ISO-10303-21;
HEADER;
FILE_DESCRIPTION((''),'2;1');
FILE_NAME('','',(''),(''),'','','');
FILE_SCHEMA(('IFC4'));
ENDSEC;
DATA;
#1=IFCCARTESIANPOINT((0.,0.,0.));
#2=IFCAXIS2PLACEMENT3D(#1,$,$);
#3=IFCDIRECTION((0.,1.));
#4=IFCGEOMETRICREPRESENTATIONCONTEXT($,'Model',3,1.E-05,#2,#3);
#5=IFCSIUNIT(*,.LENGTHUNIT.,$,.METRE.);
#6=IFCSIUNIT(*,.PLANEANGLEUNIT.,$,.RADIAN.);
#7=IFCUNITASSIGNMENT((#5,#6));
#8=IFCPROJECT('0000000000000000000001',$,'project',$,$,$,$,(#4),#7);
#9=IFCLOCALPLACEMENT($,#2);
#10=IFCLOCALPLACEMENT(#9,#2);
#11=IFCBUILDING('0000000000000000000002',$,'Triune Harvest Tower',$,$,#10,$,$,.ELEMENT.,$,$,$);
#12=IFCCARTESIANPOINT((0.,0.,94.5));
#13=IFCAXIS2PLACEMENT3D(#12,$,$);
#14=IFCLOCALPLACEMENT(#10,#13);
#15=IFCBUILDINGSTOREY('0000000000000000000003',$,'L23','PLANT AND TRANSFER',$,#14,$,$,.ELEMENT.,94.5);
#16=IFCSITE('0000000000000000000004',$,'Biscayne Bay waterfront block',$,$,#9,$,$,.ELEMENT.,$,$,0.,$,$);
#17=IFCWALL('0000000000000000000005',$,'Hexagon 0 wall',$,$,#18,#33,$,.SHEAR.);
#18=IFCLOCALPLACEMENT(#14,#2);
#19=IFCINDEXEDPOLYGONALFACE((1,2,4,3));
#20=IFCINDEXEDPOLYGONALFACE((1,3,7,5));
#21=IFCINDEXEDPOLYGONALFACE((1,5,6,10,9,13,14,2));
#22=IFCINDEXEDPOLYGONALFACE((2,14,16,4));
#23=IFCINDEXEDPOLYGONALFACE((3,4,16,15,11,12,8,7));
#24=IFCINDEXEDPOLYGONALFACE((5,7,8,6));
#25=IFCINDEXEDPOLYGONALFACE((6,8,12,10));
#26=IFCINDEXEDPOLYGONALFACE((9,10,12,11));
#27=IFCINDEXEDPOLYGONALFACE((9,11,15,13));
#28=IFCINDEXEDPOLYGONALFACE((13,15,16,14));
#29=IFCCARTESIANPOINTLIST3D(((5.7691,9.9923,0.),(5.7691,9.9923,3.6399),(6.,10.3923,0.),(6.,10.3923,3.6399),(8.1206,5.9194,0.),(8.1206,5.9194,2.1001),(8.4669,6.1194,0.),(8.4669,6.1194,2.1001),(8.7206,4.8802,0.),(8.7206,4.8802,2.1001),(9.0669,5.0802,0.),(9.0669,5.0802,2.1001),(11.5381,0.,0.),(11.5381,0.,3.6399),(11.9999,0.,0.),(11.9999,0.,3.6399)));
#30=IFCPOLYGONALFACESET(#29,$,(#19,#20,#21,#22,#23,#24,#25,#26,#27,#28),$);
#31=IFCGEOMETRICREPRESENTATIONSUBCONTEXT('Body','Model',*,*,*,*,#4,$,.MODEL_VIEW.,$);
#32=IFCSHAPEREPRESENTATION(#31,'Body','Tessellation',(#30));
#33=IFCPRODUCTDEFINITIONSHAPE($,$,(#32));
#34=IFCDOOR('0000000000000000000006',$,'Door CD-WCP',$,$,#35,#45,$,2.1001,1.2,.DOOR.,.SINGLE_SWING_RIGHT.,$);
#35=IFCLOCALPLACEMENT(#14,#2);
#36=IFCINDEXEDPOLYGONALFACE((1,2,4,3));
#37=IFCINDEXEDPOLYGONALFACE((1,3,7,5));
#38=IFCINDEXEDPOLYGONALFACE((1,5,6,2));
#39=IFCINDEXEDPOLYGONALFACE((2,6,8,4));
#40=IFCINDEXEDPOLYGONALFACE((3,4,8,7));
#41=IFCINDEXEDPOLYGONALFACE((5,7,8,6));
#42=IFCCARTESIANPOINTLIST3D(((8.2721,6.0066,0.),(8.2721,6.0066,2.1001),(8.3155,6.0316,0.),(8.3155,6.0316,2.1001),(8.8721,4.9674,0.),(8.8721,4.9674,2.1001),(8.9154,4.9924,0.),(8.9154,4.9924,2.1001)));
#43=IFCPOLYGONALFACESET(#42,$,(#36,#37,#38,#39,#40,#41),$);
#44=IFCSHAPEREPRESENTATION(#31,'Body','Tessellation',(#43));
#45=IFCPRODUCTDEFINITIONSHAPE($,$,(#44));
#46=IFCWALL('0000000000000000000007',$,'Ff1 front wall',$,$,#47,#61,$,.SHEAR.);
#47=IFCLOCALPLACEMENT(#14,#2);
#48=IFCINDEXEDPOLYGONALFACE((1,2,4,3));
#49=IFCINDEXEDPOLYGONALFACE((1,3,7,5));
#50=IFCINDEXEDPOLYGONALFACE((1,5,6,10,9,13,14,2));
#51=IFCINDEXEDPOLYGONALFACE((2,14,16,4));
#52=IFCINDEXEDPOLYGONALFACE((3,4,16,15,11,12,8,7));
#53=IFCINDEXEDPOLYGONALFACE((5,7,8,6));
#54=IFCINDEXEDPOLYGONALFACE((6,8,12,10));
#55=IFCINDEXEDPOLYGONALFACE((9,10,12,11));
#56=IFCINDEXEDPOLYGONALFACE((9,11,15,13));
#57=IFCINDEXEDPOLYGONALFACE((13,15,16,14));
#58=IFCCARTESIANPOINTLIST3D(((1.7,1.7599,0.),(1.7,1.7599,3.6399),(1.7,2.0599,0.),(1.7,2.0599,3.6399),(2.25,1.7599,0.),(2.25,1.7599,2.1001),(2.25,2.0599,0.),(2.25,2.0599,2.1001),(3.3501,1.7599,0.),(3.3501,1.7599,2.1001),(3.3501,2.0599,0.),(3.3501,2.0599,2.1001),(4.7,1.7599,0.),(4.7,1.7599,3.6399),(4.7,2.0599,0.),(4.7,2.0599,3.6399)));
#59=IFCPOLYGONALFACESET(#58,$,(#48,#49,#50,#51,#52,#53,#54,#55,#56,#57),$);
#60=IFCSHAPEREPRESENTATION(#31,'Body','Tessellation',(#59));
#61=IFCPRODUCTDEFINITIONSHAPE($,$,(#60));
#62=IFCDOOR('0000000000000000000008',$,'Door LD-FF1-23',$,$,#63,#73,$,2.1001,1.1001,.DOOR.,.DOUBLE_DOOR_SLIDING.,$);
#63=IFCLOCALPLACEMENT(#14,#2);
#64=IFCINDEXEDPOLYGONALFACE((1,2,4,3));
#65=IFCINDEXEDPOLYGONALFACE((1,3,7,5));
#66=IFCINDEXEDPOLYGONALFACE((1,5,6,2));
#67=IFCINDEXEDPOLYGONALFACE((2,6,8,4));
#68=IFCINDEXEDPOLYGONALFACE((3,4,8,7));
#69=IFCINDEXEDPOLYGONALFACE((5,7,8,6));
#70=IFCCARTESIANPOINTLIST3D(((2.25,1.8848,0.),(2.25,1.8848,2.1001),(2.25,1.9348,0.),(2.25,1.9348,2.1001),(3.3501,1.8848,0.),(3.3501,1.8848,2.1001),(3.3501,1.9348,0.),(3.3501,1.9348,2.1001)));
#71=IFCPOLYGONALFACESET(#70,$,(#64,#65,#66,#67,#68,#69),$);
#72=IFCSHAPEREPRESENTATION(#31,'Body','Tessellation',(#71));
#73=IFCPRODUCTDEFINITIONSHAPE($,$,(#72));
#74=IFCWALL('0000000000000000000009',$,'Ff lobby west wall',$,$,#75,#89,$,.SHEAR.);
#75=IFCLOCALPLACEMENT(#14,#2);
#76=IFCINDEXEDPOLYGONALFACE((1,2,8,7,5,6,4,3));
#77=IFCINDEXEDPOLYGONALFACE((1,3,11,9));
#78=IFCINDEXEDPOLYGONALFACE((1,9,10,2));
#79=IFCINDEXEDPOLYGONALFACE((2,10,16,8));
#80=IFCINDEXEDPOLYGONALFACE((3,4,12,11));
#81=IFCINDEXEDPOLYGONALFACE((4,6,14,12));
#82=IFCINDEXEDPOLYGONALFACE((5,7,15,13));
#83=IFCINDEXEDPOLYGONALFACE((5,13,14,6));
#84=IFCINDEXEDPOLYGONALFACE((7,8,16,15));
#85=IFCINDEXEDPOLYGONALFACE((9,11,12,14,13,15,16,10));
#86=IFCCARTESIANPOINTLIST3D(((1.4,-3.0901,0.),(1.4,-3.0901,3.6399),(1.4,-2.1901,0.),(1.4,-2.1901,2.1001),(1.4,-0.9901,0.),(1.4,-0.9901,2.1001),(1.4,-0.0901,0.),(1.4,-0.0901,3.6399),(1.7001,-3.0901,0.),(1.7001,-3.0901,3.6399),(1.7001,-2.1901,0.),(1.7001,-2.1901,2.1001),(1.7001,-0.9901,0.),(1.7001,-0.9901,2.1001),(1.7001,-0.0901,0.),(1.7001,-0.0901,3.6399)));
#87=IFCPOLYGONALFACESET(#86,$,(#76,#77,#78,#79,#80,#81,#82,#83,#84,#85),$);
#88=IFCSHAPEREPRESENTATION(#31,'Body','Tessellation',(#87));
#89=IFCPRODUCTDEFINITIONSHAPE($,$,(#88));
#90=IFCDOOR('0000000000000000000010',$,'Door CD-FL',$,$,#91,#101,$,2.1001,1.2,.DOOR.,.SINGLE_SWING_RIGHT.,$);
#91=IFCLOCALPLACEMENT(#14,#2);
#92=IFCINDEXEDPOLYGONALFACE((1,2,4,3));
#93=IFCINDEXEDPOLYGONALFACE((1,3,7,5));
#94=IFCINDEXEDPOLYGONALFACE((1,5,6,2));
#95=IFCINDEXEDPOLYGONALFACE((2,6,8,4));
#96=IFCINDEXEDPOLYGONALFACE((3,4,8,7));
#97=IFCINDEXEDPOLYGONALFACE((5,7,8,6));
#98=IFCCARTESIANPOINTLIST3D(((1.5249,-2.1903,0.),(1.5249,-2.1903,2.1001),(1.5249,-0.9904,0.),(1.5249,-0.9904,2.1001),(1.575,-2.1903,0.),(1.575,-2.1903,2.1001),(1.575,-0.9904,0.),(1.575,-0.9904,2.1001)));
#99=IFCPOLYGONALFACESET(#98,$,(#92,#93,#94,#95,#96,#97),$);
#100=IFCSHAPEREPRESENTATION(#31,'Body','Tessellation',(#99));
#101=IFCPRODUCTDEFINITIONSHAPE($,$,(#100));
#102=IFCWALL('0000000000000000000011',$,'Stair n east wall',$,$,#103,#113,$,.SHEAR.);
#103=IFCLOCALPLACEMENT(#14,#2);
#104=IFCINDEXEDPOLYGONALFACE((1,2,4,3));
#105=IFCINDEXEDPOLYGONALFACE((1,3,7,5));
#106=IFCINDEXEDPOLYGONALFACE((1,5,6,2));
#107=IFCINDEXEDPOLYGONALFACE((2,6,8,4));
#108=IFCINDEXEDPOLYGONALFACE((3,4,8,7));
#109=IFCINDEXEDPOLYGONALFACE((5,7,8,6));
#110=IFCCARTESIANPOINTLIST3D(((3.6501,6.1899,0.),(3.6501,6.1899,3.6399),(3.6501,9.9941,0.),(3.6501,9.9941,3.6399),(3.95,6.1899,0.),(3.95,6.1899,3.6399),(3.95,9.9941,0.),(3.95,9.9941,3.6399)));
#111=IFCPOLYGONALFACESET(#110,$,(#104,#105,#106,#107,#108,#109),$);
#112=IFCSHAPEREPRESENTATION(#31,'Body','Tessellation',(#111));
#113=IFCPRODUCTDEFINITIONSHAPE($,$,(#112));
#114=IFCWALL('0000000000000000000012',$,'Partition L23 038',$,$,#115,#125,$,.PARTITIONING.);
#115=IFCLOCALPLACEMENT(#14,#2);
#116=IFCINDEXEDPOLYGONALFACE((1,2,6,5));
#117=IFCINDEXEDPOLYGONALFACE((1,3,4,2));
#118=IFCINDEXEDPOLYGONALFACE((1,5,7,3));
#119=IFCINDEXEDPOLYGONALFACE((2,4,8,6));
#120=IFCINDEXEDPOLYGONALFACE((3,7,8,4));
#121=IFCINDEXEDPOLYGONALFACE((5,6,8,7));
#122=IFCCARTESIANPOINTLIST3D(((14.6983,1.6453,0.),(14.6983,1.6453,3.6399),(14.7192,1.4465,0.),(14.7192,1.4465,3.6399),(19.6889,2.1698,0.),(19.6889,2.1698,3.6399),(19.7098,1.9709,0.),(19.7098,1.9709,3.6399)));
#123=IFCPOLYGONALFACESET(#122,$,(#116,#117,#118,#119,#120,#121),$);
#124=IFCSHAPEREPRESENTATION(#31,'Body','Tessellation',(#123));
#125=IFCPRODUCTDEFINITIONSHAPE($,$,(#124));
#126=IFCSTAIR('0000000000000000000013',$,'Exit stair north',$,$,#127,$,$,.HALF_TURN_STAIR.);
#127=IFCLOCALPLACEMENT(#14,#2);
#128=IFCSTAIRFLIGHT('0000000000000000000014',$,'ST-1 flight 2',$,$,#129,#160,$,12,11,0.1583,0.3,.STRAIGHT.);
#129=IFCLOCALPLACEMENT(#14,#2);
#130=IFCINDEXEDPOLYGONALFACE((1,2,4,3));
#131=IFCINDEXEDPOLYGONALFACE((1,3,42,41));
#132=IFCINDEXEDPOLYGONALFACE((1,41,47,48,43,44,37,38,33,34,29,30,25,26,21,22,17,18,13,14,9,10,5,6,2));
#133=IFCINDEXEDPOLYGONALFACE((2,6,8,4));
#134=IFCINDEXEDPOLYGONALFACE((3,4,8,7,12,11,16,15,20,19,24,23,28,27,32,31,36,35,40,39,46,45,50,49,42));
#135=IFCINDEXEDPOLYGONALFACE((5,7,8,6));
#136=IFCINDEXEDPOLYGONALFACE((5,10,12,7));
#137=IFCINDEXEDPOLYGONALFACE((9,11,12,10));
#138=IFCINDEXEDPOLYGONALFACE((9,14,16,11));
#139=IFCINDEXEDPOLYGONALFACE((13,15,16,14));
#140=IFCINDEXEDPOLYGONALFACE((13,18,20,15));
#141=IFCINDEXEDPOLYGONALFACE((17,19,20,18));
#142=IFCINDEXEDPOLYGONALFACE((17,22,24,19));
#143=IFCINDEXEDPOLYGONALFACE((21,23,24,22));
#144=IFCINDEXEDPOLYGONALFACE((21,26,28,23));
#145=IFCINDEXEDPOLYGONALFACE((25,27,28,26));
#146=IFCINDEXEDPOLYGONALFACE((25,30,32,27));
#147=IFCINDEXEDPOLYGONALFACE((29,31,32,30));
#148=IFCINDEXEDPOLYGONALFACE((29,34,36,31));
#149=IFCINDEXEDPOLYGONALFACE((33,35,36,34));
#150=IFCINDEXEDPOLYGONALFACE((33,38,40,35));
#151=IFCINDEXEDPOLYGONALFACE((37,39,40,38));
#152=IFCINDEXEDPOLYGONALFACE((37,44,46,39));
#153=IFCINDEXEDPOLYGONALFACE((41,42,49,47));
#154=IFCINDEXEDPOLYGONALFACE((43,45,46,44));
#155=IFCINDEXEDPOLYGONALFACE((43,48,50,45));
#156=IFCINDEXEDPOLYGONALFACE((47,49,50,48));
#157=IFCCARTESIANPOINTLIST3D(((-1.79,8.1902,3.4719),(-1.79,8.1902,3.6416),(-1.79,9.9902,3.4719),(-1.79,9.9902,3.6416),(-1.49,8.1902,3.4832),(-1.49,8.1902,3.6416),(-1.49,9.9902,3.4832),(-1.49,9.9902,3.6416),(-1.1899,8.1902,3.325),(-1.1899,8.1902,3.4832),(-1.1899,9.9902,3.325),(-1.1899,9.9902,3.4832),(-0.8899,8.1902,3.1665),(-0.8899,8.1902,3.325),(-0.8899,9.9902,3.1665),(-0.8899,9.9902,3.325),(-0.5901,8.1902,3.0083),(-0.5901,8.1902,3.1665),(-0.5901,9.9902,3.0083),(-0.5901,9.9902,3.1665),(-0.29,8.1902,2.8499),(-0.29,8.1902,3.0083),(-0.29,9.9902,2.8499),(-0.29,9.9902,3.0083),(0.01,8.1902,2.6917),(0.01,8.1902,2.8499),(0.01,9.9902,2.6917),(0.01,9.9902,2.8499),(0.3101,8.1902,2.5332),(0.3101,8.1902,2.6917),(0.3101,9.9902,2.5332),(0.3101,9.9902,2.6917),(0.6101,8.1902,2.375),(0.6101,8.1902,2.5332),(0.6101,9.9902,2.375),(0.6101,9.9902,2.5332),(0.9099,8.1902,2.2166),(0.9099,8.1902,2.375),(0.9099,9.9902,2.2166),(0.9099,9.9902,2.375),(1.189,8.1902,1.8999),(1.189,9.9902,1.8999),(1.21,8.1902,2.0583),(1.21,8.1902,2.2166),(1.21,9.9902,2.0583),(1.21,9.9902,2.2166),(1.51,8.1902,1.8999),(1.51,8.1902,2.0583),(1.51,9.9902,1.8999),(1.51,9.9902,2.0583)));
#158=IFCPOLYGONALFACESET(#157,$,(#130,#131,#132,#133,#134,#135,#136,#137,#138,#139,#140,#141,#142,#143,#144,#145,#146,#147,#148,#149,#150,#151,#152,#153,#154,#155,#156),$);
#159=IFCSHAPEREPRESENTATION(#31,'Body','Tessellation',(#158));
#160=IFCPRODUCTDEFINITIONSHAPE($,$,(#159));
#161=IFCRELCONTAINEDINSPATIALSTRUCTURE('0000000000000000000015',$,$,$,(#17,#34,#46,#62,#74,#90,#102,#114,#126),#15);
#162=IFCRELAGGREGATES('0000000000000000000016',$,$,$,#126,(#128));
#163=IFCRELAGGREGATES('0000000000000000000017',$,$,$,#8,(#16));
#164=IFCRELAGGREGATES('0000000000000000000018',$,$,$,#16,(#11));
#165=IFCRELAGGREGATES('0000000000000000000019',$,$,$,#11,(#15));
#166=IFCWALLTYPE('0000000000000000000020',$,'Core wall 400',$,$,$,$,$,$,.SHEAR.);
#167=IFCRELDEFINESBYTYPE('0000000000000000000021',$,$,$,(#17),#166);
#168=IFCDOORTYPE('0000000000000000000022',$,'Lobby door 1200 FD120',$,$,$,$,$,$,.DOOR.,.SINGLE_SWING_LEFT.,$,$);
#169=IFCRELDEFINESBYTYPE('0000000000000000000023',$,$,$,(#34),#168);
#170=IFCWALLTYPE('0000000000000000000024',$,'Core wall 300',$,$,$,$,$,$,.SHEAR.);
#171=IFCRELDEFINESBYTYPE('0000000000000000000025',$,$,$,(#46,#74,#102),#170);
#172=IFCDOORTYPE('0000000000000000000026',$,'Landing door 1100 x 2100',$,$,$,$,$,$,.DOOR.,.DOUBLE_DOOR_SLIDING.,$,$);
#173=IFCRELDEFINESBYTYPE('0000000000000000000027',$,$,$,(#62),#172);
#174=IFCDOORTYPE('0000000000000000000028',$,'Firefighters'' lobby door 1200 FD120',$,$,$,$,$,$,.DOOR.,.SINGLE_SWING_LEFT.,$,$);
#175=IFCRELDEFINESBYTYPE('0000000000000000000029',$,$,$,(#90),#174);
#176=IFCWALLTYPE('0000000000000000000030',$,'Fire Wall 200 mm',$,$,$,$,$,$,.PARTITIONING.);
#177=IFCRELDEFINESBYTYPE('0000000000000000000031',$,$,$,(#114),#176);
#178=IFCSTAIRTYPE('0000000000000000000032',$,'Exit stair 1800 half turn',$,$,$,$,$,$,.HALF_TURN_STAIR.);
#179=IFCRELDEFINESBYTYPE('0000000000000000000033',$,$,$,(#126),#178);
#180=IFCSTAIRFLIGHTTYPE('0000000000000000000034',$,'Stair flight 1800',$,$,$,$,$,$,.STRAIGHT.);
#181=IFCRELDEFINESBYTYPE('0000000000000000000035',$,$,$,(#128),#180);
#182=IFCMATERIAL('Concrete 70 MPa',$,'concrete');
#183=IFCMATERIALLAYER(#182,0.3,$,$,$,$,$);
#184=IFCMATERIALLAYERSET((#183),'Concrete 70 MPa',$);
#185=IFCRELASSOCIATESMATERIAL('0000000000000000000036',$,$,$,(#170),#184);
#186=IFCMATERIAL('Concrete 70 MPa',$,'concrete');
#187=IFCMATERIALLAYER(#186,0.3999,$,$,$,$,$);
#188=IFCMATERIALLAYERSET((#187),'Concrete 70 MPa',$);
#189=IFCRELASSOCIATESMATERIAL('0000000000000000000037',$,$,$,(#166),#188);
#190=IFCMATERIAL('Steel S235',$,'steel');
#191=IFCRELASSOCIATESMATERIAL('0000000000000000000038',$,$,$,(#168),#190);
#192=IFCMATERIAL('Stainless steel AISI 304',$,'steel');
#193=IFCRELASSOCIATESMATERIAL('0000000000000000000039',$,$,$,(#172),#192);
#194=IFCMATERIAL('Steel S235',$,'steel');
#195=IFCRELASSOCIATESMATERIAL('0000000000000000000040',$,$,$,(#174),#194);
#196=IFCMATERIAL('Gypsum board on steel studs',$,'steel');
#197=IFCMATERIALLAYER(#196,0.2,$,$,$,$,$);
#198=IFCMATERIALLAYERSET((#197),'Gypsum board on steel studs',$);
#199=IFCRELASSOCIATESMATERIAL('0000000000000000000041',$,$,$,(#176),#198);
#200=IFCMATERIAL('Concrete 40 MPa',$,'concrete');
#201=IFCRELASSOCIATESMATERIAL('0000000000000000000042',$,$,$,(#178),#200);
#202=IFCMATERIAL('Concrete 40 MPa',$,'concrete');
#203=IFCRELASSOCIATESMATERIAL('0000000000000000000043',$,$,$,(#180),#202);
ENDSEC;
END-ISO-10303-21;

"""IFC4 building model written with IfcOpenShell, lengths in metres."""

from ifc_helpers import new_model, si_unit, direction, frame, frame_2d, origin, place, context, subcontext, project, spatial, polyline, rectangle, outline, extrude, source, transform, mapped, material, layer, layer_set, type_object, element, fill, aggregate, save


model = new_model("IFC4")

# Units and contexts
model_context = context("Model", 3, precision=1e-05, world=origin(), true_north=direction((0.0, 1.0)))
body_context = subcontext(model_context, "Body", "Model", "MODEL_VIEW")
ifc_project = project(units=[si_unit("LENGTHUNIT", "METRE"), si_unit("PLANEANGLEUNIT", "RADIAN")], contexts=[model_context])

# Site, building, storey
site_placement = place(None, origin())
site = spatial("IfcSite", under=ifc_project, at=site_placement, Name="Biscayne Bay waterfront block", CompositionType="ELEMENT", RefElevation=0.0)
building_placement = place(site_placement, origin())
building = spatial("IfcBuilding", under=site, at=building_placement, Name="Triune Harvest Tower", CompositionType="ELEMENT")
storey_placement = place(building_placement, frame((0.0, 0.0, 94.5)))
storey = spatial("IfcBuildingStorey", under=building, at=storey_placement, Name="L23", Description="PLANT AND TRANSFER", CompositionType="ELEMENT", Elevation=94.5)

# Shared definitions
ifc_material_1 = material(Name="Concrete 70 MPa", Category="concrete")
ifc_layer_1 = layer(ifc_material_1, 0.3)
ifc_layer_set_1 = layer_set([ifc_layer_1], Name="Concrete 70 MPa")
wall_type_1 = type_object("IfcWallType", Name="Core wall 300", PredefinedType="SHEAR", material=ifc_layer_set_1)

# Walls, openings, doors
ifc_material_2 = material(Name="Concrete 70 MPa", Category="concrete")
ifc_layer_2 = layer(ifc_material_2, 0.3999)
ifc_layer_set_2 = layer_set([ifc_layer_2], Name="Concrete 70 MPa")
wall_type_2 = type_object("IfcWallType", Name="Core wall 400", PredefinedType="SHEAR", material=ifc_layer_set_2)
shared_shape_1 = source(origin(), body_context, "Body", "SweptSolid", [
    extrude(outline(polyline([(-0.1155, -0.2), (11.8845, -0.2), (11.6536, 0.2), (0.1155, 0.2), (-0.1155, -0.2)])), origin(), (0.0, 0.0, 1.0), 3.6399),
])
wall_1_placement = place(storey_placement, frame((11.769, 0.0, 0.0), z_axis=(0.0, 0.0, 1.0), x_axis=(-0.499997, 0.866027, 0.0)))
wall_1 = element("IfcWall", 1, at=wall_1_placement, inside=storey, type_object=wall_type_2, Name="Hexagon 0 wall", PredefinedType="SHEAR", context=body_context, shape_type="MappedRepresentation", body=[
    mapped(shared_shape_1, transform((0.0, 0.0, 0.0), scale=1.0)),
])
opening_1_placement = place(wall_1_placement, frame((5.7505, 0.0, 0.0)))
opening_1 = element("IfcOpeningElement", 2, at=opening_1_placement, cuts=wall_1, PredefinedType="OPENING", context=body_context, shape_type="SweptSolid", body=[
    extrude(rectangle(XDim=1.2, YDim=2.1001, at=frame_2d((0.6001, 1.05))), frame((0.0, 0.21, 0.0), z_axis=(0.0, -1.0, 0.0), x_axis=(1.0, 0.0, 0.0)), (0.0, 0.0, 1.0), 0.4199),
])
ifc_material_3 = material(Name="Steel S235", Category="steel")
door_type_1 = type_object("IfcDoorType", Name="Lobby door 1200 FD120", OperationType="SINGLE_SWING_LEFT", PredefinedType="DOOR", material=ifc_material_3)
door_1_placement = place(opening_1_placement, frame((1.2, 0.0, 0.0), z_axis=(0.0, 0.0, 1.0), x_axis=(-1.0, 0.0, 0.0)))
door_1 = element("IfcDoor", 3, at=door_1_placement, inside=storey, type_object=door_type_1, Name="Door CD-WCP", OperationType="SINGLE_SWING_RIGHT", OverallHeight=2.1001, OverallWidth=1.2, PredefinedType="DOOR", context=body_context, shape_type="SweptSolid", body=[
    extrude(rectangle(XDim=1.2, YDim=2.1001, at=frame_2d((0.6001, 1.05))), frame((0.0, 0.0249, 0.0), z_axis=(0.0, -1.0, 0.0), x_axis=(1.0, 0.0, 0.0)), (0.0, 0.0, 1.0), 0.05),
])
fill(opening_1, door_1)
shared_shape_2 = source(origin(), body_context, "Body", "SweptSolid", [
    extrude(rectangle(XDim=3.0, YDim=0.3, at=frame_2d((1.5, 0.0))), origin(), (0.0, 0.0, 1.0), 3.6399),
])
wall_2_placement = place(storey_placement, frame((1.7, 1.9099, 0.0), z_axis=(0.0, 0.0, 1.0), x_axis=(1.0, 0.0, 0.0)))
wall_2 = element("IfcWall", 4, at=wall_2_placement, inside=storey, type_object=wall_type_1, Name="Ff1 front wall", PredefinedType="SHEAR", context=body_context, shape_type="MappedRepresentation", body=[
    mapped(shared_shape_2, transform((0.0, 0.0, 0.0), scale=1.0)),
])
opening_2_placement = place(wall_2_placement, frame((0.55, 0.0, 0.0)))
opening_2 = element("IfcOpeningElement", 5, at=opening_2_placement, cuts=wall_2, PredefinedType="OPENING", context=body_context, shape_type="SweptSolid", body=[
    extrude(rectangle(XDim=1.1001, YDim=2.1001, at=frame_2d((0.55, 1.05))), frame((0.0, 0.1602, 0.0), z_axis=(0.0, -1.0, 0.0), x_axis=(1.0, 0.0, 0.0)), (0.0, 0.0, 1.0), 0.3201),
])
ifc_material_4 = material(Name="Stainless steel AISI 304", Category="steel")
door_type_2 = type_object("IfcDoorType", Name="Landing door 1100 x 2100", OperationType="DOUBLE_DOOR_SLIDING", PredefinedType="DOOR", material=ifc_material_4)
door_2_placement = place(opening_2_placement, origin())
door_2 = element("IfcDoor", 6, at=door_2_placement, inside=storey, type_object=door_type_2, Name="Door LD-FF1-23", OperationType="DOUBLE_DOOR_SLIDING", OverallHeight=2.1001, OverallWidth=1.1001, PredefinedType="DOOR", context=body_context, shape_type="SweptSolid", body=[
    extrude(rectangle(XDim=1.1001, YDim=2.1001, at=frame_2d((0.55, 1.05))), frame((0.0, 0.0249, 0.0), z_axis=(0.0, -1.0, 0.0), x_axis=(1.0, 0.0, 0.0)), (0.0, 0.0, 1.0), 0.05),
])
fill(opening_2, door_2)
wall_3_placement = place(storey_placement, frame((1.55, -3.0901, 0.0), z_axis=(0.0, 0.0, 1.0), x_axis=(0.0, 1.0, 0.0)))
wall_3 = element("IfcWall", 7, at=wall_3_placement, inside=storey, type_object=wall_type_1, Name="Ff lobby west wall", PredefinedType="SHEAR", context=body_context, shape_type="MappedRepresentation", body=[
    mapped(shared_shape_2, transform((0.0, 0.0, 0.0), scale=1.0)),
])
opening_3_placement = place(wall_3_placement, frame((0.8999, 0.0, 0.0)))
opening_3 = element("IfcOpeningElement", 8, at=opening_3_placement, cuts=wall_3, PredefinedType="OPENING", context=body_context, shape_type="SweptSolid", body=[
    extrude(rectangle(XDim=1.2, YDim=2.1001, at=frame_2d((0.6001, 1.05))), frame((0.0, 0.1602, 0.0), z_axis=(0.0, -1.0, 0.0), x_axis=(1.0, 0.0, 0.0)), (0.0, 0.0, 1.0), 0.3201),
])
ifc_material_5 = material(Name="Steel S235", Category="steel")
door_type_3 = type_object("IfcDoorType", Name="Firefighters' lobby door 1200 FD120", OperationType="SINGLE_SWING_LEFT", PredefinedType="DOOR", material=ifc_material_5)
door_3_placement = place(opening_3_placement, frame((1.2, 0.0, 0.0), z_axis=(0.0, 0.0, 1.0), x_axis=(-1.0, 0.0, 0.0)))
door_3 = element("IfcDoor", 9, at=door_3_placement, inside=storey, type_object=door_type_3, Name="Door CD-FL", OperationType="SINGLE_SWING_RIGHT", OverallHeight=2.1001, OverallWidth=1.2, PredefinedType="DOOR", context=body_context, shape_type="SweptSolid", body=[
    extrude(rectangle(XDim=1.2, YDim=2.1001, at=frame_2d((0.6001, 1.05))), frame((0.0, 0.0249, 0.0), z_axis=(0.0, -1.0, 0.0), x_axis=(1.0, 0.0, 0.0)), (0.0, 0.0, 1.0), 0.05),
])
fill(opening_3, door_3)

# Walls
shared_shape_3 = source(origin(), body_context, "Body", "SweptSolid", [
    extrude(outline(polyline([(0.0, -0.1499), (0.0, 0.1499), (3.8042, 0.1499), (3.8042, -0.1499), (0.0, -0.1499)])), origin(), (0.0, 0.0, 1.0), 3.6399),
])
wall_4_placement = place(storey_placement, frame((3.8, 6.1899, 0.0), z_axis=(0.0, 0.0, 1.0), x_axis=(0.0, 1.0, 0.0)))
element("IfcWall", 10, at=wall_4_placement, inside=storey, type_object=wall_type_1, Name="Stair n east wall", PredefinedType="SHEAR", context=body_context, shape_type="MappedRepresentation", body=[
    mapped(shared_shape_3, transform((0.0, 0.0, 0.0), scale=1.0)),
])
ifc_material_6 = material(Name="Gypsum board on steel studs", Category="steel")
ifc_layer_3 = layer(ifc_material_6, 0.2)
ifc_layer_set_3 = layer_set([ifc_layer_3], Name="Gypsum board on steel studs")
wall_type_3 = type_object("IfcWallType", Name="Fire Wall 200 mm", PredefinedType="PARTITIONING", material=ifc_layer_set_3)
shared_shape_4 = source(origin(), body_context, "Body", "SweptSolid", [
    extrude(rectangle(XDim=5.0181, YDim=0.2, at=frame_2d((2.509, 0.0))), origin(), (0.0, 0.0, 1.0), 3.6399),
])
wall_5_placement = place(storey_placement, frame((14.7087, 1.5459, 0.0), z_axis=(0.0, 0.0, 1.0), x_axis=(0.994524, 0.104507, 0.0)))
element("IfcWall", 11, at=wall_5_placement, inside=storey, type_object=wall_type_3, Name="Partition L23 038", PredefinedType="PARTITIONING", context=body_context, shape_type="MappedRepresentation", body=[
    mapped(shared_shape_4, transform((0.0, 0.0, 0.0), scale=1.0)),
])

# Stair, stair flight
ifc_material_7 = material(Name="Concrete 40 MPa", Category="concrete")
stair_type = type_object("IfcStairType", Name="Exit stair 1800 half turn", PredefinedType="HALF_TURN_STAIR", material=ifc_material_7)
stair_1_placement = place(storey_placement, origin())
stair_1 = element("IfcStair", 12, at=stair_1_placement, inside=storey, type_object=stair_type, Name="Exit stair north", PredefinedType="HALF_TURN_STAIR")
ifc_material_8 = material(Name="Concrete 40 MPa", Category="concrete")
stair_flight_type = type_object("IfcStairFlightType", Name="Stair flight 1800", PredefinedType="STRAIGHT", material=ifc_material_8)
shared_shape_5 = source(origin(), body_context, "Body", "SweptSolid", [
    extrude(outline(polyline([(0.0, 0.0), (0.0, 0.1584), (0.3, 0.1584), (0.3, 0.3167), (0.6001, 0.3167), (0.6001, 0.4751), (0.8999, 0.4751), (0.8999, 0.6333), (1.2, 0.6333), (1.2, 0.7917), (1.5, 0.7917), (1.5, 0.95), (1.8, 0.95), (1.8, 1.1084), (2.1001, 1.1084), (2.1001, 1.2666), (2.3999, 1.2666), (2.3999, 1.425), (2.7, 1.425), (2.7, 1.5833), (3.0, 1.5833), (3.0, 1.7417), (3.3, 1.7417), (3.3, 1.8999), (3.3, 1.572), (0.321, 0.0), (0.0, 0.0)])), frame((0.0, 0.8999, 0.0), z_axis=(0.0, -1.0, 0.0), x_axis=(1.0, 0.0, 0.0)), (0.0, 0.0, 1.0), 1.8),
])
stair_flight_1_placement = place(storey_placement, frame((1.51, 9.0901, 1.8999), z_axis=(0.0, 0.0, 1.0), x_axis=(-1.0, 0.0, 0.0)))
stair_flight_1 = element("IfcStairFlight", 13, at=stair_flight_1_placement, type_object=stair_flight_type, Name="ST-1 flight 2", NumberOfRisers=12, NumberOfTreads=11, PredefinedType="STRAIGHT", RiserHeight=0.1583, TreadLength=0.3, context=body_context, shape_type="MappedRepresentation", body=[
    mapped(shared_shape_5, transform((0.0, 0.0, 0.0), scale=1.0)),
])
aggregate(stair_1, [stair_flight_1])

save(model, "model.ifc")
